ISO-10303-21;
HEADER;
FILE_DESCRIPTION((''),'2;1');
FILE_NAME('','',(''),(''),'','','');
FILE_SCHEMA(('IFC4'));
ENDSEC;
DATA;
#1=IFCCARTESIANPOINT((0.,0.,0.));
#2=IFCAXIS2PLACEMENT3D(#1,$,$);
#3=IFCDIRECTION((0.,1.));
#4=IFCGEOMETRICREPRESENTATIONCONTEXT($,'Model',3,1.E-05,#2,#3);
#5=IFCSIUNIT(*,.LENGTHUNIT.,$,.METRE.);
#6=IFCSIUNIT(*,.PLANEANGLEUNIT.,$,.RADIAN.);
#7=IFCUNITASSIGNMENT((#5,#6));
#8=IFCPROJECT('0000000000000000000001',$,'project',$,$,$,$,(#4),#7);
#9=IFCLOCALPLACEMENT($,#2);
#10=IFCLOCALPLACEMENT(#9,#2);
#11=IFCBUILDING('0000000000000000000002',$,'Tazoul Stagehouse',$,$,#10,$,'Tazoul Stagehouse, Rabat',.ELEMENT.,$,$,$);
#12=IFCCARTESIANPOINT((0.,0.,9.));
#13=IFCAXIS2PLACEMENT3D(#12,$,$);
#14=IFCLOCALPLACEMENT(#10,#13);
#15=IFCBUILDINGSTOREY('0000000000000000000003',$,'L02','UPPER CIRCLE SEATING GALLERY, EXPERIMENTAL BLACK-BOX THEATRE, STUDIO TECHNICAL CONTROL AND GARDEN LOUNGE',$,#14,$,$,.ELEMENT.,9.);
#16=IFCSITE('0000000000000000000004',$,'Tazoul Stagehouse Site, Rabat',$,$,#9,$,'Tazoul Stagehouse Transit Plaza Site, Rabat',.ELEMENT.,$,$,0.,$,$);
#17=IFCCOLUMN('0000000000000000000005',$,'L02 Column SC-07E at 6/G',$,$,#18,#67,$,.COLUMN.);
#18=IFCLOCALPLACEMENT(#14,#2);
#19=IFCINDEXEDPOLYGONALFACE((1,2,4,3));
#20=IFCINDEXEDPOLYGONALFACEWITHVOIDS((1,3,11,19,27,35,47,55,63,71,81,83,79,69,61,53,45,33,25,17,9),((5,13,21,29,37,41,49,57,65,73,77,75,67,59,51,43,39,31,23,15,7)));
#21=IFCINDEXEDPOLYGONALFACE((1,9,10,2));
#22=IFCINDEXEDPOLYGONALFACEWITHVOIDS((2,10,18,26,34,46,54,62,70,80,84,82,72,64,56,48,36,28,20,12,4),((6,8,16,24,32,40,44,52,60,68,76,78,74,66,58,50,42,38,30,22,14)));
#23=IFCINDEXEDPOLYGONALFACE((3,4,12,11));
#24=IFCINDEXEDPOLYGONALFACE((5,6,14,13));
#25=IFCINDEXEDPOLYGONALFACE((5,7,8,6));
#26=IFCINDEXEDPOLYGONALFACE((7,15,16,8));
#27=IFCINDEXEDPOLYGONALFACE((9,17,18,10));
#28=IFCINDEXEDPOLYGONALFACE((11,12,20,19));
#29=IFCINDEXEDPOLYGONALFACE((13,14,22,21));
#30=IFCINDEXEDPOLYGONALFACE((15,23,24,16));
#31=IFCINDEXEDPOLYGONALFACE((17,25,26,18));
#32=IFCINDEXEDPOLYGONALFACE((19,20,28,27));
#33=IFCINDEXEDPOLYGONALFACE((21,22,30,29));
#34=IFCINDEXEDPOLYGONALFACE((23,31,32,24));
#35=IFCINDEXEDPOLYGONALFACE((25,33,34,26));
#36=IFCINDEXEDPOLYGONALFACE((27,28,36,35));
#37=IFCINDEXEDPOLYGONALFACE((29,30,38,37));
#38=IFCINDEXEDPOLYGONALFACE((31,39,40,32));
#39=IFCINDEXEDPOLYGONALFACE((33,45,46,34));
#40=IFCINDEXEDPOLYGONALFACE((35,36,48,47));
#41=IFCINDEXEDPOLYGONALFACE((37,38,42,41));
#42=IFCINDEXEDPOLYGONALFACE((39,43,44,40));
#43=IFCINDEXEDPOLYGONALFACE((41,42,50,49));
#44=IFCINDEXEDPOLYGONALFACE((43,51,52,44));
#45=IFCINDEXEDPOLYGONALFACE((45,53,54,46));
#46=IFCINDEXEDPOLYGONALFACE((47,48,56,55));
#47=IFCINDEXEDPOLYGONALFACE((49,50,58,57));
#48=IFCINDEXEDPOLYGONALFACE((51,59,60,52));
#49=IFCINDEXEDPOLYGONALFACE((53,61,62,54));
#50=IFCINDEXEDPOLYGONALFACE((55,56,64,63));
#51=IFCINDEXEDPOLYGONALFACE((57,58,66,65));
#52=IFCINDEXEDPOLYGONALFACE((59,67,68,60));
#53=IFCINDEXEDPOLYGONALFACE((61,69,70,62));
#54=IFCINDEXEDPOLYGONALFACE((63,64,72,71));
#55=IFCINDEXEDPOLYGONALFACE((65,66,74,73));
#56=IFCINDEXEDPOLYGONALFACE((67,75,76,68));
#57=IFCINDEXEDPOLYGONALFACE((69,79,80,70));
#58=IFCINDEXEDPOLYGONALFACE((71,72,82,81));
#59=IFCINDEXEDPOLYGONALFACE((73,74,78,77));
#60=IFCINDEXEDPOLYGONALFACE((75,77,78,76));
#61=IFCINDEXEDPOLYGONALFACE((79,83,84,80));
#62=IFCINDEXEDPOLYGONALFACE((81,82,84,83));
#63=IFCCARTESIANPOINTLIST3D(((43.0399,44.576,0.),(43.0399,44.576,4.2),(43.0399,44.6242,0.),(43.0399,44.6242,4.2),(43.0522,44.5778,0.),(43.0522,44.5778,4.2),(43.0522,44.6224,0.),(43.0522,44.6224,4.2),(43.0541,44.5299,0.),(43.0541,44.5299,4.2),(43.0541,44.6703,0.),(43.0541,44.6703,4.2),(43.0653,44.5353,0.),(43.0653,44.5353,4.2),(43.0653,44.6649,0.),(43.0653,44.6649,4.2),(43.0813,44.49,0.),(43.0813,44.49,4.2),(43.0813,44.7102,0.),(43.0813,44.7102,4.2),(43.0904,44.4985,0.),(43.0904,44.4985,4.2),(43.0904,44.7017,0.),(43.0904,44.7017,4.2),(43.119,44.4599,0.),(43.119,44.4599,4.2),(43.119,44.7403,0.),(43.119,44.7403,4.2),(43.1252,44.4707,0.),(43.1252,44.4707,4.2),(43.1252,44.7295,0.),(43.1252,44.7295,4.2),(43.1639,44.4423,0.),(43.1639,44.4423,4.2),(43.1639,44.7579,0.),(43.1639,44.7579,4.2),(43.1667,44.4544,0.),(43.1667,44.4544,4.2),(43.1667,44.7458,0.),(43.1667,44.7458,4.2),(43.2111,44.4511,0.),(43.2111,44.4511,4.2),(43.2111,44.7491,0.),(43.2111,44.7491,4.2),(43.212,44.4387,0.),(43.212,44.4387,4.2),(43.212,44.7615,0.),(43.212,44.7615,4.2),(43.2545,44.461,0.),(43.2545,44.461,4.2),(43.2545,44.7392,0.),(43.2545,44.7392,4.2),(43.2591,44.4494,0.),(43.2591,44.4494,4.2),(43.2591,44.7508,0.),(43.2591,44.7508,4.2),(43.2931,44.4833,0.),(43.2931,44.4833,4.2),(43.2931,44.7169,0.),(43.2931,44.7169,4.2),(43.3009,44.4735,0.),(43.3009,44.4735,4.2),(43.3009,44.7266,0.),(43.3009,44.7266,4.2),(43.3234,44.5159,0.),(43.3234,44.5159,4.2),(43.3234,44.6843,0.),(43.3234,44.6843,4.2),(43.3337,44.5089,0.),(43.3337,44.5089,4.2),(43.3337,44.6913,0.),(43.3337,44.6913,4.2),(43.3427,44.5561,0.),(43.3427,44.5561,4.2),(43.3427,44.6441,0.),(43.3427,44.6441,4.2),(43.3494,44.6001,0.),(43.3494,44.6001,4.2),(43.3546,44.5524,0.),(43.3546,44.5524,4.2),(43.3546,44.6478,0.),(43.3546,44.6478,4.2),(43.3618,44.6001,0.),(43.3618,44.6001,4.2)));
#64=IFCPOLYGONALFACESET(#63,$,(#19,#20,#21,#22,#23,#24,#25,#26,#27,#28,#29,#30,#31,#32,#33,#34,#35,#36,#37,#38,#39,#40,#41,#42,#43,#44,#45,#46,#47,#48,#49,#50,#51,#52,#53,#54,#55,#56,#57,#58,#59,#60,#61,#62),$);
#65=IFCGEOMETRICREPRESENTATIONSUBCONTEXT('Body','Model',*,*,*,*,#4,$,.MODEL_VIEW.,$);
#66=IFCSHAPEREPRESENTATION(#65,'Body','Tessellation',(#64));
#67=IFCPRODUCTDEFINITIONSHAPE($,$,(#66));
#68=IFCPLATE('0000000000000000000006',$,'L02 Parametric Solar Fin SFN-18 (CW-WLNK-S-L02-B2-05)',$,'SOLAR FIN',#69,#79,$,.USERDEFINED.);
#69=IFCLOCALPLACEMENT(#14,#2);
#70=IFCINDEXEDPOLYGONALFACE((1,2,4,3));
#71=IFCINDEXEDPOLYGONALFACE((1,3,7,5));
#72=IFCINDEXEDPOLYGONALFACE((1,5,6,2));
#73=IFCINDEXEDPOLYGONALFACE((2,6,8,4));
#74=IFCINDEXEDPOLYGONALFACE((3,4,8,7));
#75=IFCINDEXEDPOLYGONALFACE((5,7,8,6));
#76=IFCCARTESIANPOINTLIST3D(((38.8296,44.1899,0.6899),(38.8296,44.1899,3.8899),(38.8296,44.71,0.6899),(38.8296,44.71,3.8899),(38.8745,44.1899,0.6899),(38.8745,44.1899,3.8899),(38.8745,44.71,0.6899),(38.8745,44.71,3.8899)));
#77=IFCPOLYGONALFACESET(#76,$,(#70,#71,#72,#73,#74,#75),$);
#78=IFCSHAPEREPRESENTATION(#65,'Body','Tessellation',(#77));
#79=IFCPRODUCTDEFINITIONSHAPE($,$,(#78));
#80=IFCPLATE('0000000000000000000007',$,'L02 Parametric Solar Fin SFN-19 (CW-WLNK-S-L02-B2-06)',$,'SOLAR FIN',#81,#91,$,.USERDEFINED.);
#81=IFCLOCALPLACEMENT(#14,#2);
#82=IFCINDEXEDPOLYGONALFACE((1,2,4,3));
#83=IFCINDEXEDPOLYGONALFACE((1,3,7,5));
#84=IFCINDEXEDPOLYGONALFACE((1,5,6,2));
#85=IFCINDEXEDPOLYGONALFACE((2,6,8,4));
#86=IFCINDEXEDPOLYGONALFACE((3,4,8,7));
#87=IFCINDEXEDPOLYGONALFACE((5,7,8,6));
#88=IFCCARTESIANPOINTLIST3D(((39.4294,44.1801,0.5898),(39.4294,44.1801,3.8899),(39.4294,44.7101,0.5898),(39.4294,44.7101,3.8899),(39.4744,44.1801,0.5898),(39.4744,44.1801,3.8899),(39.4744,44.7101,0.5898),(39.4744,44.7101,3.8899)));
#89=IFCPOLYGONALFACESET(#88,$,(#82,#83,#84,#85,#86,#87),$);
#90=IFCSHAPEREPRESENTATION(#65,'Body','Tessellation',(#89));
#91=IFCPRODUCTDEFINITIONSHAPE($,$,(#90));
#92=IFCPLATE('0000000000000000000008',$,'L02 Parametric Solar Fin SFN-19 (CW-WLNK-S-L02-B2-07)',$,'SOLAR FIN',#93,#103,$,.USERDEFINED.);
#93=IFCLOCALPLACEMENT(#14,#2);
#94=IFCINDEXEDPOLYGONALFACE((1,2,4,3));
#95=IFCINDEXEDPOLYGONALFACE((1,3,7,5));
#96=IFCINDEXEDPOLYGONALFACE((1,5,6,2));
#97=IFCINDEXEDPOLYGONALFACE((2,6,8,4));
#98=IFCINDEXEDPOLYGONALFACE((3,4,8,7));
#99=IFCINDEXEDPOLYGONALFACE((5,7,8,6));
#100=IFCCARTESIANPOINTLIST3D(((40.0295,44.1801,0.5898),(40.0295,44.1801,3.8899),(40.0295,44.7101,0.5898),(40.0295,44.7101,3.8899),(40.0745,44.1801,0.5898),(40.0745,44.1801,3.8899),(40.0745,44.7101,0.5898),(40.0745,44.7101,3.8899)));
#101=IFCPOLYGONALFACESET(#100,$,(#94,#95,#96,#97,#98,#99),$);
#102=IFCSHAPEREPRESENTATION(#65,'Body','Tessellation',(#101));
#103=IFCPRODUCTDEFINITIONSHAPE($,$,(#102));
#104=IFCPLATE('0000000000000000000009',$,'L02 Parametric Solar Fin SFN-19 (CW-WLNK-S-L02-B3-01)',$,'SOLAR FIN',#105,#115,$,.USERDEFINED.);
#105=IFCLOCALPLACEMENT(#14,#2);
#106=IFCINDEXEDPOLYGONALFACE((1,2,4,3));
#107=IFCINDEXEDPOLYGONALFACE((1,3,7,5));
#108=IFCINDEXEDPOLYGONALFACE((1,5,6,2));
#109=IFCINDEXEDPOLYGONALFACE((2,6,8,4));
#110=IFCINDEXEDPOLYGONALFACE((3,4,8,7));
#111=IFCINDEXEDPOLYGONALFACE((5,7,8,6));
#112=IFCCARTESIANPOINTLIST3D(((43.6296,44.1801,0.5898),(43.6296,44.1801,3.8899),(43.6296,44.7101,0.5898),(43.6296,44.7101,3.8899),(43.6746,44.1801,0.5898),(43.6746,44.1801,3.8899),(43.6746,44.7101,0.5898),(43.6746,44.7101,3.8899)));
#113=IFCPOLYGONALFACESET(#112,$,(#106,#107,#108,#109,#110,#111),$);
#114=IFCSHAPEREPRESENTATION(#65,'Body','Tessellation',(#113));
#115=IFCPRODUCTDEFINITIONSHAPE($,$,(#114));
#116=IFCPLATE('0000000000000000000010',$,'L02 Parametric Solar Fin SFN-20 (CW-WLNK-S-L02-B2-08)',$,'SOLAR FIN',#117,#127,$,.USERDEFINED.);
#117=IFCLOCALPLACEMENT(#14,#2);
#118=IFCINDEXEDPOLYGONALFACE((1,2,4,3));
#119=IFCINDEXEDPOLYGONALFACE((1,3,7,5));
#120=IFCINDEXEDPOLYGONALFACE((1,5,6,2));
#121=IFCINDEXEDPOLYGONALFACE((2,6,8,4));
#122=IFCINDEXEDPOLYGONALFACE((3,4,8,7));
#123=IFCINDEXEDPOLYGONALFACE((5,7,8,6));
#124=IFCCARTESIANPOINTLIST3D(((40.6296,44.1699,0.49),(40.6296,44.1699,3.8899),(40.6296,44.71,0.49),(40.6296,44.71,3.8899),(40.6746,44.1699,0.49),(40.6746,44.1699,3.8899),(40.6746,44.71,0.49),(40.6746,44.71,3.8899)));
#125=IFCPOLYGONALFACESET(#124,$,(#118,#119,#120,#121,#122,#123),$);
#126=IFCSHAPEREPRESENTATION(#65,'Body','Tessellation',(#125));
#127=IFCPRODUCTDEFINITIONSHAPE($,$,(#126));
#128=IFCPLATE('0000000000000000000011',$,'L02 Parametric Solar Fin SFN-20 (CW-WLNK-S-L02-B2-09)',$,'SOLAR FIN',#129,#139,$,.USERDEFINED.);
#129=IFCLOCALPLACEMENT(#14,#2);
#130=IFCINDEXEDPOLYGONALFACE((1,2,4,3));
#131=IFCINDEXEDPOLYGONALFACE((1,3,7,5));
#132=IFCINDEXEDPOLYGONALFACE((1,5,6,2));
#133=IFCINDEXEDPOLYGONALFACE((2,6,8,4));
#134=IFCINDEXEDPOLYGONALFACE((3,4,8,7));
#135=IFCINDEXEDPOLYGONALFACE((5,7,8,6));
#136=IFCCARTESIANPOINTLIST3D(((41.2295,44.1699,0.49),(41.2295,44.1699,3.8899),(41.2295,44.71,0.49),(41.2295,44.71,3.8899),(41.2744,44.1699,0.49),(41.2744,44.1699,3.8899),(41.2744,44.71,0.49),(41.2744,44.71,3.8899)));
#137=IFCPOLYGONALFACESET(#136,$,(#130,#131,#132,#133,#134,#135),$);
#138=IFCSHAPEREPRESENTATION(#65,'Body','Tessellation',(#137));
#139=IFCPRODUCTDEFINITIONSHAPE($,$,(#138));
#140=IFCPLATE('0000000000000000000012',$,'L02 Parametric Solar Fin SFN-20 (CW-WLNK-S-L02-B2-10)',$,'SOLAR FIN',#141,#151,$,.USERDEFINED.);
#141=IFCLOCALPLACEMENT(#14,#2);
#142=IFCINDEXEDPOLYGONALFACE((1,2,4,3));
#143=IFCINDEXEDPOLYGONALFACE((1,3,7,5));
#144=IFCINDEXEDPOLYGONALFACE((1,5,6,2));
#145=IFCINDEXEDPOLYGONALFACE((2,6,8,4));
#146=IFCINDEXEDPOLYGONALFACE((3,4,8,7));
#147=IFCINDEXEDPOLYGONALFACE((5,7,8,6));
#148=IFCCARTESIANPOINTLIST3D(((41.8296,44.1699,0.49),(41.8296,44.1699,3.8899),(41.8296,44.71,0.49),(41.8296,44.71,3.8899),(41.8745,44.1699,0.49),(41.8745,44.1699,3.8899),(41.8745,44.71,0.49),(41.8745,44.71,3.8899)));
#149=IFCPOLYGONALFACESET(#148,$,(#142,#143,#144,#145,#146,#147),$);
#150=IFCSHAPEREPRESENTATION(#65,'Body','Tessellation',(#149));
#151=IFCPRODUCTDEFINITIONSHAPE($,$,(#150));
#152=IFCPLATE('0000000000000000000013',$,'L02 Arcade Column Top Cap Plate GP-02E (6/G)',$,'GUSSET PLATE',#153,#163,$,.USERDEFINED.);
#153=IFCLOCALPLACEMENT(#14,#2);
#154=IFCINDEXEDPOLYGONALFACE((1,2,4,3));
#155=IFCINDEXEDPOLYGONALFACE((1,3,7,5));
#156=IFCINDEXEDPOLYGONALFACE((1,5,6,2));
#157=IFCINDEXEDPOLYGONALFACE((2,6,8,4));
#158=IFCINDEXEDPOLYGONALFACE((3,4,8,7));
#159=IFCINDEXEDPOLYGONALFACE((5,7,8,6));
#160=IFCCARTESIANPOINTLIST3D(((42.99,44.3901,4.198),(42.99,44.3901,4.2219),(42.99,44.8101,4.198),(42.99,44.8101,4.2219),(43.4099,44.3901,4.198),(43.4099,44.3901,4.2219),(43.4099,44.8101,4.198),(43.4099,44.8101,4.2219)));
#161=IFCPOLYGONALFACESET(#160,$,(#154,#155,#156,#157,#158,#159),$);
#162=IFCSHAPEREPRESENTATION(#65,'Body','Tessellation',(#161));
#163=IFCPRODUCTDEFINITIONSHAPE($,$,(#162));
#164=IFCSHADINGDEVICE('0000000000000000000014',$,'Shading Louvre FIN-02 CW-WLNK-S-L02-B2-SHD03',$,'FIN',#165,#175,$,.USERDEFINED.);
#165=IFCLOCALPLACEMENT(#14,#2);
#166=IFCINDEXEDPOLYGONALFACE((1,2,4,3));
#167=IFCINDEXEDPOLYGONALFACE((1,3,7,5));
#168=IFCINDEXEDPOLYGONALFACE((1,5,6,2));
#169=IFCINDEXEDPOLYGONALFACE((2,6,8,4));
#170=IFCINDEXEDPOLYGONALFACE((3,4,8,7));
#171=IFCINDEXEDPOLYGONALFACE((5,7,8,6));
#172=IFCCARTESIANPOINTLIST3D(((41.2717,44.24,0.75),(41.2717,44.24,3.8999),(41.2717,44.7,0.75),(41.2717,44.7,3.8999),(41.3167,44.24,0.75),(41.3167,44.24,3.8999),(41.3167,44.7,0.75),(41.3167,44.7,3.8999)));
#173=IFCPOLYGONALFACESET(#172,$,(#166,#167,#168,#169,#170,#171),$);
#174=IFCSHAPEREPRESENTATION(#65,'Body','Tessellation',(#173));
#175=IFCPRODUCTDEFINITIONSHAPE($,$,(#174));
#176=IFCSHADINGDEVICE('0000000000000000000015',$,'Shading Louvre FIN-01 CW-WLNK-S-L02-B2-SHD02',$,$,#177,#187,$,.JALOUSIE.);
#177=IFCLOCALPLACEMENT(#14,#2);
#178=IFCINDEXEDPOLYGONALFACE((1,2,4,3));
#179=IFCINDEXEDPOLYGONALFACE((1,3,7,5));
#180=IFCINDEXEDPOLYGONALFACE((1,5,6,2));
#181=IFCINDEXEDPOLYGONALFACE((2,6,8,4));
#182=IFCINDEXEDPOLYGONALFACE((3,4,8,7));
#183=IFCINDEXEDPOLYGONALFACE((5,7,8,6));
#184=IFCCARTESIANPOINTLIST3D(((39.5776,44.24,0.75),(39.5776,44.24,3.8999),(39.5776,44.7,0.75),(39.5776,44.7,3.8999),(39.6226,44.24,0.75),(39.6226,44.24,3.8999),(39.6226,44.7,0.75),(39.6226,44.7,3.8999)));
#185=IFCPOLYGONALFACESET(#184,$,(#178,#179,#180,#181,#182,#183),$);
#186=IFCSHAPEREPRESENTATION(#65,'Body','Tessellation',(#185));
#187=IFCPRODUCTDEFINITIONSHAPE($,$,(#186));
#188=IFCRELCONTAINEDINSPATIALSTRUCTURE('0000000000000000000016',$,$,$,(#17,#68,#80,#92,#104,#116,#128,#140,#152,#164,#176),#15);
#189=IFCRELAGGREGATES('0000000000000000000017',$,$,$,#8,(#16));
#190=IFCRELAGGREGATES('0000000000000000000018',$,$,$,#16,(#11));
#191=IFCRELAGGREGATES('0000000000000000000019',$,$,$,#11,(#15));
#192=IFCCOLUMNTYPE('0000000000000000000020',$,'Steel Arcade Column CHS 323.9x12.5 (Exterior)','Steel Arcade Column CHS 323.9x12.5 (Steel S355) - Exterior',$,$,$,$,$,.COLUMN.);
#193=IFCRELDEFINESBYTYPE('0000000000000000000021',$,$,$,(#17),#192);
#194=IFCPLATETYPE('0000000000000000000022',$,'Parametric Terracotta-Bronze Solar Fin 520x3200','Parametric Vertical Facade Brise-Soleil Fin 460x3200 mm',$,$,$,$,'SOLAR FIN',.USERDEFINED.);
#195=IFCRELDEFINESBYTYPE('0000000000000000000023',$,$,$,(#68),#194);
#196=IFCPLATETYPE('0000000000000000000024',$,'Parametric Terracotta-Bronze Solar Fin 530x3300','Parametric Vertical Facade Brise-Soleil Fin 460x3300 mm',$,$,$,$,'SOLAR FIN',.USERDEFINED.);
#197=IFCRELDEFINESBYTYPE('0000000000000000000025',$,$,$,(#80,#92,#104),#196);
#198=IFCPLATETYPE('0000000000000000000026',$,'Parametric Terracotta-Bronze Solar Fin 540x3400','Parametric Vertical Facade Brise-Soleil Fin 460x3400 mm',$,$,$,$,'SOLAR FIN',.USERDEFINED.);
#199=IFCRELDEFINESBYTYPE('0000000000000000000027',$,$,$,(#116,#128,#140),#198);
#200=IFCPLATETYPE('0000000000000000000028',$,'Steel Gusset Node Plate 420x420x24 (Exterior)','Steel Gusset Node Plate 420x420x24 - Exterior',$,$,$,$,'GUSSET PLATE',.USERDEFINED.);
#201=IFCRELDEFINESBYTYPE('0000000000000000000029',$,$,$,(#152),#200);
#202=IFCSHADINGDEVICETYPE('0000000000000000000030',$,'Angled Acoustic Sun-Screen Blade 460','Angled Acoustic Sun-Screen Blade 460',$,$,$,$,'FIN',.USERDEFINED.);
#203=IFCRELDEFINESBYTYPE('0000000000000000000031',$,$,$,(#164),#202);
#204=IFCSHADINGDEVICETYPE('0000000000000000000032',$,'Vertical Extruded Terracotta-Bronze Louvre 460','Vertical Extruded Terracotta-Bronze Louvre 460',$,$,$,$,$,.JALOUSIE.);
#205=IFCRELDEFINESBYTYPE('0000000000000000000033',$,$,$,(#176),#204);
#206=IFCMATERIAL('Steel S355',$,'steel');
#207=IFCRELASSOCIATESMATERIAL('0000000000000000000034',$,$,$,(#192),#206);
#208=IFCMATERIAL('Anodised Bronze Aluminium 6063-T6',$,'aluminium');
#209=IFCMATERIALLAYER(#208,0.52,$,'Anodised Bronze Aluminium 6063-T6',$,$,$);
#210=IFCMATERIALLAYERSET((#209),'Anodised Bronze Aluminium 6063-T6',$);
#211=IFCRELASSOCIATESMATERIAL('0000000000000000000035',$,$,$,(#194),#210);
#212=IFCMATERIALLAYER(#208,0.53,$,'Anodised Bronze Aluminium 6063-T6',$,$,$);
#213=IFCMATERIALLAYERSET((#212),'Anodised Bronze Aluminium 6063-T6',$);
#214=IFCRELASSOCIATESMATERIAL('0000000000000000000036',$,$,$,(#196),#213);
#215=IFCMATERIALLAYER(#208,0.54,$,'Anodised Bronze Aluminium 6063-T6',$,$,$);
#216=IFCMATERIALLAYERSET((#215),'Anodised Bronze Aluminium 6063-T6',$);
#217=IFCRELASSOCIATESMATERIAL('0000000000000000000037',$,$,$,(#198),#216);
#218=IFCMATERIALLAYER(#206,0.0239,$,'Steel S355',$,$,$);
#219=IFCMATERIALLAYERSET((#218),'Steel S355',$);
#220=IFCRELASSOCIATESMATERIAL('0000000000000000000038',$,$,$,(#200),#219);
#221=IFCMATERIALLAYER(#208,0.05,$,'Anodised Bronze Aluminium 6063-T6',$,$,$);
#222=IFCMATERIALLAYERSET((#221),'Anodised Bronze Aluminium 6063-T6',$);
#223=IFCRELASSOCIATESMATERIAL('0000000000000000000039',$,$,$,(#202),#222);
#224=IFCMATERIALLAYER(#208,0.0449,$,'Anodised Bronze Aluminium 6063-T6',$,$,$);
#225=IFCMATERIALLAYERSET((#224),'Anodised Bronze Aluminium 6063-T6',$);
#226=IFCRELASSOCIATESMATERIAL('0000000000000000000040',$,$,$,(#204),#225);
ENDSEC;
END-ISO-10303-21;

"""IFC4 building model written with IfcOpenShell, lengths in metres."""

from ifc_helpers import new_model, si_unit, direction, frame, origin, origin_2d, place, context, subcontext, project, spatial, rectangle, hollow_circle, extrude, material, layer, layer_set, material_profile, profile_set, type_object, element, save


model = new_model("IFC4")

# Units and contexts
model_context = context("Model", 3, precision=1e-05, world=origin(), true_north=direction((0.0, 1.0)))
body_context = subcontext(model_context, "Body", "Model", "MODEL_VIEW")
ifc_project = project(units=[si_unit("LENGTHUNIT", "METRE"), si_unit("PLANEANGLEUNIT", "RADIAN")], contexts=[model_context])

# Site, building, storey
site_placement = place(None, origin())
site = spatial("IfcSite", under=ifc_project, at=site_placement, Name="Tazoul Stagehouse Site, Rabat", LongName="Tazoul Stagehouse Transit Plaza Site, Rabat", CompositionType="ELEMENT", RefElevation=0.0)
building_placement = place(site_placement, origin())
building = spatial("IfcBuilding", under=site, at=building_placement, Name="Tazoul Stagehouse", LongName="Tazoul Stagehouse, Rabat", CompositionType="ELEMENT")
storey_placement = place(building_placement, frame((0.0, 0.0, 9.0)))
storey = spatial("IfcBuildingStorey", under=building, at=storey_placement, Name="L02", Description="UPPER CIRCLE SEATING GALLERY, EXPERIMENTAL BLACK-BOX THEATRE, STUDIO TECHNICAL CONTROL AND GARDEN LOUNGE", CompositionType="ELEMENT", Elevation=9.0)

# Column
ifc_material_1 = material(Name="Steel S355", Category="steel")
ifc_material_profile = material_profile(ifc_material_1, hollow_circle(Radius=0.1619, WallThickness=0.0125, at=origin_2d()), Name="CHS 323.9x12.5")
ifc_profile_set = profile_set([ifc_material_profile], Name="Steel S355")
column_type = type_object("IfcColumnType", Name="Steel Arcade Column CHS 323.9x12.5 (Exterior)", Description="Steel Arcade Column CHS 323.9x12.5 (Steel S355) - Exterior", PredefinedType="COLUMN", material=ifc_profile_set)
column_placement = place(storey_placement, frame((43.2, 44.6001, 0.0), z_axis=(0.0, 0.0, 1.0), x_axis=(1.0, 0.0, 0.0)))
element("IfcColumn", 1, at=column_placement, inside=storey, type_object=column_type, Name="L02 Column SC-07E at 6/G", PredefinedType="COLUMN", context=body_context, shape_type="SweptSolid", body=[
    extrude(hollow_circle(Radius=0.1619, WallThickness=0.0125, at=origin_2d()), origin(), (0.0, 0.0, 1.0), 4.2),
])

# Plates
ifc_material_2 = material(Name="Anodised Bronze Aluminium 6063-T6", Category="aluminium")
ifc_layer_1 = layer(ifc_material_2, 0.52, Name="Anodised Bronze Aluminium 6063-T6")
ifc_layer_set_1 = layer_set([ifc_layer_1], Name="Anodised Bronze Aluminium 6063-T6")
plate_type_1 = type_object("IfcPlateType", Name="Parametric Terracotta-Bronze Solar Fin 520x3200", Description="Parametric Vertical Facade Brise-Soleil Fin 460x3200 mm", ElementType="SOLAR FIN", PredefinedType="USERDEFINED", material=ifc_layer_set_1)
plate_1_placement = place(storey_placement, frame((38.8521, 44.45, 0.6899), z_axis=(0.0, 0.0, 1.0), x_axis=(1.0, 0.0, 0.0)))
element("IfcPlate", 2, at=plate_1_placement, inside=storey, type_object=plate_type_1, Name="L02 Parametric Solar Fin SFN-18 (CW-WLNK-S-L02-B2-05)", ObjectType="SOLAR FIN", PredefinedType="USERDEFINED", context=body_context, shape_type="SweptSolid", body=[
    extrude(rectangle(XDim=0.0449, YDim=0.52, at=origin_2d()), origin(), (0.0, 0.0, 1.0), 3.2),
])
ifc_layer_2 = layer(ifc_material_2, 0.53, Name="Anodised Bronze Aluminium 6063-T6")
ifc_layer_set_2 = layer_set([ifc_layer_2], Name="Anodised Bronze Aluminium 6063-T6")
plate_type_2 = type_object("IfcPlateType", Name="Parametric Terracotta-Bronze Solar Fin 530x3300", Description="Parametric Vertical Facade Brise-Soleil Fin 460x3300 mm", ElementType="SOLAR FIN", PredefinedType="USERDEFINED", material=ifc_layer_set_2)
for number, where, z_axis, x_axis, name in (
    (3, (39.4519, 44.4451, 0.5898), (0.0, 0.0, 1.0), (1.0, 0.0, 0.0), "L02 Parametric Solar Fin SFN-19 (CW-WLNK-S-L02-B2-06)"),
    (4, (40.052, 44.4451, 0.5898), (0.0, 0.0, 1.0), (1.0, 0.0, 0.0), "L02 Parametric Solar Fin SFN-19 (CW-WLNK-S-L02-B2-07)"),
    (5, (43.6521, 44.4451, 0.5898), (0.0, 0.0, 1.0), (1.0, 0.0, 0.0), "L02 Parametric Solar Fin SFN-19 (CW-WLNK-S-L02-B3-01)"),
):
    element("IfcPlate", number, at=place(storey_placement, frame(where, z_axis=z_axis, x_axis=x_axis)), inside=storey, type_object=plate_type_2, Name=name, ObjectType="SOLAR FIN", PredefinedType="USERDEFINED", context=body_context, shape_type="SweptSolid", body=[
        extrude(rectangle(XDim=0.0449, YDim=0.53, at=origin_2d()), origin(), (0.0, 0.0, 1.0), 3.3),
    ])
ifc_layer_3 = layer(ifc_material_2, 0.54, Name="Anodised Bronze Aluminium 6063-T6")
ifc_layer_set_3 = layer_set([ifc_layer_3], Name="Anodised Bronze Aluminium 6063-T6")
plate_type_3 = type_object("IfcPlateType", Name="Parametric Terracotta-Bronze Solar Fin 540x3400", Description="Parametric Vertical Facade Brise-Soleil Fin 460x3400 mm", ElementType="SOLAR FIN", PredefinedType="USERDEFINED", material=ifc_layer_set_3)
for number, where, z_axis, x_axis, name in (
    (6, (40.6521, 44.4399, 0.49), (0.0, 0.0, 1.0), (1.0, 0.0, 0.0), "L02 Parametric Solar Fin SFN-20 (CW-WLNK-S-L02-B2-08)"),
    (7, (41.252, 44.4399, 0.49), (0.0, 0.0, 1.0), (1.0, 0.0, 0.0), "L02 Parametric Solar Fin SFN-20 (CW-WLNK-S-L02-B2-09)"),
    (8, (41.8521, 44.4399, 0.49), (0.0, 0.0, 1.0), (1.0, 0.0, 0.0), "L02 Parametric Solar Fin SFN-20 (CW-WLNK-S-L02-B2-10)"),
):
    element("IfcPlate", number, at=place(storey_placement, frame(where, z_axis=z_axis, x_axis=x_axis)), inside=storey, type_object=plate_type_3, Name=name, ObjectType="SOLAR FIN", PredefinedType="USERDEFINED", context=body_context, shape_type="SweptSolid", body=[
        extrude(rectangle(XDim=0.0449, YDim=0.54, at=origin_2d()), origin(), (0.0, 0.0, 1.0), 3.3999),
    ])
ifc_layer_4 = layer(ifc_material_1, 0.0239, Name="Steel S355")
ifc_layer_set_4 = layer_set([ifc_layer_4], Name="Steel S355")
plate_type_4 = type_object("IfcPlateType", Name="Steel Gusset Node Plate 420x420x24 (Exterior)", Description="Steel Gusset Node Plate 420x420x24 - Exterior", ElementType="GUSSET PLATE", PredefinedType="USERDEFINED", material=ifc_layer_set_4)
plate_2_placement = place(storey_placement, frame((43.2, 44.6001, 4.198), z_axis=(0.0, 0.0, 1.0), x_axis=(1.0, 0.0, 0.0)))
element("IfcPlate", 9, at=plate_2_placement, inside=storey, type_object=plate_type_4, Name="L02 Arcade Column Top Cap Plate GP-02E (6/G)", ObjectType="GUSSET PLATE", PredefinedType="USERDEFINED", context=body_context, shape_type="SweptSolid", body=[
    extrude(rectangle(XDim=0.4199, YDim=0.4199, at=origin_2d()), origin(), (0.0, 0.0, 1.0), 0.0239),
])

# Shading devices
ifc_layer_5 = layer(ifc_material_2, 0.05, Name="Anodised Bronze Aluminium 6063-T6")
ifc_layer_set_5 = layer_set([ifc_layer_5], Name="Anodised Bronze Aluminium 6063-T6")
shading_device_type_1 = type_object("IfcShadingDeviceType", Name="Angled Acoustic Sun-Screen Blade 460", Description="Angled Acoustic Sun-Screen Blade 460", ElementType="FIN", PredefinedType="USERDEFINED", material=ifc_layer_set_5)
shading_device_1_placement = place(storey_placement, frame((41.2942, 44.47, 0.75), z_axis=(0.0, 0.0, 1.0), x_axis=(1.0, 0.0, 0.0)))
element("IfcShadingDevice", 10, at=shading_device_1_placement, inside=storey, type_object=shading_device_type_1, Name="Shading Louvre FIN-02 CW-WLNK-S-L02-B2-SHD03", ObjectType="FIN", PredefinedType="USERDEFINED", context=body_context, shape_type="SweptSolid", body=[
    extrude(rectangle(XDim=0.0449, YDim=0.46, at=origin_2d()), origin(), (0.0, 0.0, 1.0), 3.1499),
])
ifc_layer_6 = layer(ifc_material_2, 0.0449, Name="Anodised Bronze Aluminium 6063-T6")
ifc_layer_set_6 = layer_set([ifc_layer_6], Name="Anodised Bronze Aluminium 6063-T6")
shading_device_type_2 = type_object("IfcShadingDeviceType", Name="Vertical Extruded Terracotta-Bronze Louvre 460", Description="Vertical Extruded Terracotta-Bronze Louvre 460", PredefinedType="JALOUSIE", material=ifc_layer_set_6)
shading_device_2_placement = place(storey_placement, frame((39.6001, 44.47, 0.75), z_axis=(0.0, 0.0, 1.0), x_axis=(1.0, 0.0, 0.0)))
element("IfcShadingDevice", 11, at=shading_device_2_placement, inside=storey, type_object=shading_device_type_2, Name="Shading Louvre FIN-01 CW-WLNK-S-L02-B2-SHD02", PredefinedType="JALOUSIE", context=body_context, shape_type="SweptSolid", body=[
    extrude(rectangle(XDim=0.0449, YDim=0.46, at=origin_2d()), origin(), (0.0, 0.0, 1.0), 3.1499),
])

save(model, "model.ifc")
